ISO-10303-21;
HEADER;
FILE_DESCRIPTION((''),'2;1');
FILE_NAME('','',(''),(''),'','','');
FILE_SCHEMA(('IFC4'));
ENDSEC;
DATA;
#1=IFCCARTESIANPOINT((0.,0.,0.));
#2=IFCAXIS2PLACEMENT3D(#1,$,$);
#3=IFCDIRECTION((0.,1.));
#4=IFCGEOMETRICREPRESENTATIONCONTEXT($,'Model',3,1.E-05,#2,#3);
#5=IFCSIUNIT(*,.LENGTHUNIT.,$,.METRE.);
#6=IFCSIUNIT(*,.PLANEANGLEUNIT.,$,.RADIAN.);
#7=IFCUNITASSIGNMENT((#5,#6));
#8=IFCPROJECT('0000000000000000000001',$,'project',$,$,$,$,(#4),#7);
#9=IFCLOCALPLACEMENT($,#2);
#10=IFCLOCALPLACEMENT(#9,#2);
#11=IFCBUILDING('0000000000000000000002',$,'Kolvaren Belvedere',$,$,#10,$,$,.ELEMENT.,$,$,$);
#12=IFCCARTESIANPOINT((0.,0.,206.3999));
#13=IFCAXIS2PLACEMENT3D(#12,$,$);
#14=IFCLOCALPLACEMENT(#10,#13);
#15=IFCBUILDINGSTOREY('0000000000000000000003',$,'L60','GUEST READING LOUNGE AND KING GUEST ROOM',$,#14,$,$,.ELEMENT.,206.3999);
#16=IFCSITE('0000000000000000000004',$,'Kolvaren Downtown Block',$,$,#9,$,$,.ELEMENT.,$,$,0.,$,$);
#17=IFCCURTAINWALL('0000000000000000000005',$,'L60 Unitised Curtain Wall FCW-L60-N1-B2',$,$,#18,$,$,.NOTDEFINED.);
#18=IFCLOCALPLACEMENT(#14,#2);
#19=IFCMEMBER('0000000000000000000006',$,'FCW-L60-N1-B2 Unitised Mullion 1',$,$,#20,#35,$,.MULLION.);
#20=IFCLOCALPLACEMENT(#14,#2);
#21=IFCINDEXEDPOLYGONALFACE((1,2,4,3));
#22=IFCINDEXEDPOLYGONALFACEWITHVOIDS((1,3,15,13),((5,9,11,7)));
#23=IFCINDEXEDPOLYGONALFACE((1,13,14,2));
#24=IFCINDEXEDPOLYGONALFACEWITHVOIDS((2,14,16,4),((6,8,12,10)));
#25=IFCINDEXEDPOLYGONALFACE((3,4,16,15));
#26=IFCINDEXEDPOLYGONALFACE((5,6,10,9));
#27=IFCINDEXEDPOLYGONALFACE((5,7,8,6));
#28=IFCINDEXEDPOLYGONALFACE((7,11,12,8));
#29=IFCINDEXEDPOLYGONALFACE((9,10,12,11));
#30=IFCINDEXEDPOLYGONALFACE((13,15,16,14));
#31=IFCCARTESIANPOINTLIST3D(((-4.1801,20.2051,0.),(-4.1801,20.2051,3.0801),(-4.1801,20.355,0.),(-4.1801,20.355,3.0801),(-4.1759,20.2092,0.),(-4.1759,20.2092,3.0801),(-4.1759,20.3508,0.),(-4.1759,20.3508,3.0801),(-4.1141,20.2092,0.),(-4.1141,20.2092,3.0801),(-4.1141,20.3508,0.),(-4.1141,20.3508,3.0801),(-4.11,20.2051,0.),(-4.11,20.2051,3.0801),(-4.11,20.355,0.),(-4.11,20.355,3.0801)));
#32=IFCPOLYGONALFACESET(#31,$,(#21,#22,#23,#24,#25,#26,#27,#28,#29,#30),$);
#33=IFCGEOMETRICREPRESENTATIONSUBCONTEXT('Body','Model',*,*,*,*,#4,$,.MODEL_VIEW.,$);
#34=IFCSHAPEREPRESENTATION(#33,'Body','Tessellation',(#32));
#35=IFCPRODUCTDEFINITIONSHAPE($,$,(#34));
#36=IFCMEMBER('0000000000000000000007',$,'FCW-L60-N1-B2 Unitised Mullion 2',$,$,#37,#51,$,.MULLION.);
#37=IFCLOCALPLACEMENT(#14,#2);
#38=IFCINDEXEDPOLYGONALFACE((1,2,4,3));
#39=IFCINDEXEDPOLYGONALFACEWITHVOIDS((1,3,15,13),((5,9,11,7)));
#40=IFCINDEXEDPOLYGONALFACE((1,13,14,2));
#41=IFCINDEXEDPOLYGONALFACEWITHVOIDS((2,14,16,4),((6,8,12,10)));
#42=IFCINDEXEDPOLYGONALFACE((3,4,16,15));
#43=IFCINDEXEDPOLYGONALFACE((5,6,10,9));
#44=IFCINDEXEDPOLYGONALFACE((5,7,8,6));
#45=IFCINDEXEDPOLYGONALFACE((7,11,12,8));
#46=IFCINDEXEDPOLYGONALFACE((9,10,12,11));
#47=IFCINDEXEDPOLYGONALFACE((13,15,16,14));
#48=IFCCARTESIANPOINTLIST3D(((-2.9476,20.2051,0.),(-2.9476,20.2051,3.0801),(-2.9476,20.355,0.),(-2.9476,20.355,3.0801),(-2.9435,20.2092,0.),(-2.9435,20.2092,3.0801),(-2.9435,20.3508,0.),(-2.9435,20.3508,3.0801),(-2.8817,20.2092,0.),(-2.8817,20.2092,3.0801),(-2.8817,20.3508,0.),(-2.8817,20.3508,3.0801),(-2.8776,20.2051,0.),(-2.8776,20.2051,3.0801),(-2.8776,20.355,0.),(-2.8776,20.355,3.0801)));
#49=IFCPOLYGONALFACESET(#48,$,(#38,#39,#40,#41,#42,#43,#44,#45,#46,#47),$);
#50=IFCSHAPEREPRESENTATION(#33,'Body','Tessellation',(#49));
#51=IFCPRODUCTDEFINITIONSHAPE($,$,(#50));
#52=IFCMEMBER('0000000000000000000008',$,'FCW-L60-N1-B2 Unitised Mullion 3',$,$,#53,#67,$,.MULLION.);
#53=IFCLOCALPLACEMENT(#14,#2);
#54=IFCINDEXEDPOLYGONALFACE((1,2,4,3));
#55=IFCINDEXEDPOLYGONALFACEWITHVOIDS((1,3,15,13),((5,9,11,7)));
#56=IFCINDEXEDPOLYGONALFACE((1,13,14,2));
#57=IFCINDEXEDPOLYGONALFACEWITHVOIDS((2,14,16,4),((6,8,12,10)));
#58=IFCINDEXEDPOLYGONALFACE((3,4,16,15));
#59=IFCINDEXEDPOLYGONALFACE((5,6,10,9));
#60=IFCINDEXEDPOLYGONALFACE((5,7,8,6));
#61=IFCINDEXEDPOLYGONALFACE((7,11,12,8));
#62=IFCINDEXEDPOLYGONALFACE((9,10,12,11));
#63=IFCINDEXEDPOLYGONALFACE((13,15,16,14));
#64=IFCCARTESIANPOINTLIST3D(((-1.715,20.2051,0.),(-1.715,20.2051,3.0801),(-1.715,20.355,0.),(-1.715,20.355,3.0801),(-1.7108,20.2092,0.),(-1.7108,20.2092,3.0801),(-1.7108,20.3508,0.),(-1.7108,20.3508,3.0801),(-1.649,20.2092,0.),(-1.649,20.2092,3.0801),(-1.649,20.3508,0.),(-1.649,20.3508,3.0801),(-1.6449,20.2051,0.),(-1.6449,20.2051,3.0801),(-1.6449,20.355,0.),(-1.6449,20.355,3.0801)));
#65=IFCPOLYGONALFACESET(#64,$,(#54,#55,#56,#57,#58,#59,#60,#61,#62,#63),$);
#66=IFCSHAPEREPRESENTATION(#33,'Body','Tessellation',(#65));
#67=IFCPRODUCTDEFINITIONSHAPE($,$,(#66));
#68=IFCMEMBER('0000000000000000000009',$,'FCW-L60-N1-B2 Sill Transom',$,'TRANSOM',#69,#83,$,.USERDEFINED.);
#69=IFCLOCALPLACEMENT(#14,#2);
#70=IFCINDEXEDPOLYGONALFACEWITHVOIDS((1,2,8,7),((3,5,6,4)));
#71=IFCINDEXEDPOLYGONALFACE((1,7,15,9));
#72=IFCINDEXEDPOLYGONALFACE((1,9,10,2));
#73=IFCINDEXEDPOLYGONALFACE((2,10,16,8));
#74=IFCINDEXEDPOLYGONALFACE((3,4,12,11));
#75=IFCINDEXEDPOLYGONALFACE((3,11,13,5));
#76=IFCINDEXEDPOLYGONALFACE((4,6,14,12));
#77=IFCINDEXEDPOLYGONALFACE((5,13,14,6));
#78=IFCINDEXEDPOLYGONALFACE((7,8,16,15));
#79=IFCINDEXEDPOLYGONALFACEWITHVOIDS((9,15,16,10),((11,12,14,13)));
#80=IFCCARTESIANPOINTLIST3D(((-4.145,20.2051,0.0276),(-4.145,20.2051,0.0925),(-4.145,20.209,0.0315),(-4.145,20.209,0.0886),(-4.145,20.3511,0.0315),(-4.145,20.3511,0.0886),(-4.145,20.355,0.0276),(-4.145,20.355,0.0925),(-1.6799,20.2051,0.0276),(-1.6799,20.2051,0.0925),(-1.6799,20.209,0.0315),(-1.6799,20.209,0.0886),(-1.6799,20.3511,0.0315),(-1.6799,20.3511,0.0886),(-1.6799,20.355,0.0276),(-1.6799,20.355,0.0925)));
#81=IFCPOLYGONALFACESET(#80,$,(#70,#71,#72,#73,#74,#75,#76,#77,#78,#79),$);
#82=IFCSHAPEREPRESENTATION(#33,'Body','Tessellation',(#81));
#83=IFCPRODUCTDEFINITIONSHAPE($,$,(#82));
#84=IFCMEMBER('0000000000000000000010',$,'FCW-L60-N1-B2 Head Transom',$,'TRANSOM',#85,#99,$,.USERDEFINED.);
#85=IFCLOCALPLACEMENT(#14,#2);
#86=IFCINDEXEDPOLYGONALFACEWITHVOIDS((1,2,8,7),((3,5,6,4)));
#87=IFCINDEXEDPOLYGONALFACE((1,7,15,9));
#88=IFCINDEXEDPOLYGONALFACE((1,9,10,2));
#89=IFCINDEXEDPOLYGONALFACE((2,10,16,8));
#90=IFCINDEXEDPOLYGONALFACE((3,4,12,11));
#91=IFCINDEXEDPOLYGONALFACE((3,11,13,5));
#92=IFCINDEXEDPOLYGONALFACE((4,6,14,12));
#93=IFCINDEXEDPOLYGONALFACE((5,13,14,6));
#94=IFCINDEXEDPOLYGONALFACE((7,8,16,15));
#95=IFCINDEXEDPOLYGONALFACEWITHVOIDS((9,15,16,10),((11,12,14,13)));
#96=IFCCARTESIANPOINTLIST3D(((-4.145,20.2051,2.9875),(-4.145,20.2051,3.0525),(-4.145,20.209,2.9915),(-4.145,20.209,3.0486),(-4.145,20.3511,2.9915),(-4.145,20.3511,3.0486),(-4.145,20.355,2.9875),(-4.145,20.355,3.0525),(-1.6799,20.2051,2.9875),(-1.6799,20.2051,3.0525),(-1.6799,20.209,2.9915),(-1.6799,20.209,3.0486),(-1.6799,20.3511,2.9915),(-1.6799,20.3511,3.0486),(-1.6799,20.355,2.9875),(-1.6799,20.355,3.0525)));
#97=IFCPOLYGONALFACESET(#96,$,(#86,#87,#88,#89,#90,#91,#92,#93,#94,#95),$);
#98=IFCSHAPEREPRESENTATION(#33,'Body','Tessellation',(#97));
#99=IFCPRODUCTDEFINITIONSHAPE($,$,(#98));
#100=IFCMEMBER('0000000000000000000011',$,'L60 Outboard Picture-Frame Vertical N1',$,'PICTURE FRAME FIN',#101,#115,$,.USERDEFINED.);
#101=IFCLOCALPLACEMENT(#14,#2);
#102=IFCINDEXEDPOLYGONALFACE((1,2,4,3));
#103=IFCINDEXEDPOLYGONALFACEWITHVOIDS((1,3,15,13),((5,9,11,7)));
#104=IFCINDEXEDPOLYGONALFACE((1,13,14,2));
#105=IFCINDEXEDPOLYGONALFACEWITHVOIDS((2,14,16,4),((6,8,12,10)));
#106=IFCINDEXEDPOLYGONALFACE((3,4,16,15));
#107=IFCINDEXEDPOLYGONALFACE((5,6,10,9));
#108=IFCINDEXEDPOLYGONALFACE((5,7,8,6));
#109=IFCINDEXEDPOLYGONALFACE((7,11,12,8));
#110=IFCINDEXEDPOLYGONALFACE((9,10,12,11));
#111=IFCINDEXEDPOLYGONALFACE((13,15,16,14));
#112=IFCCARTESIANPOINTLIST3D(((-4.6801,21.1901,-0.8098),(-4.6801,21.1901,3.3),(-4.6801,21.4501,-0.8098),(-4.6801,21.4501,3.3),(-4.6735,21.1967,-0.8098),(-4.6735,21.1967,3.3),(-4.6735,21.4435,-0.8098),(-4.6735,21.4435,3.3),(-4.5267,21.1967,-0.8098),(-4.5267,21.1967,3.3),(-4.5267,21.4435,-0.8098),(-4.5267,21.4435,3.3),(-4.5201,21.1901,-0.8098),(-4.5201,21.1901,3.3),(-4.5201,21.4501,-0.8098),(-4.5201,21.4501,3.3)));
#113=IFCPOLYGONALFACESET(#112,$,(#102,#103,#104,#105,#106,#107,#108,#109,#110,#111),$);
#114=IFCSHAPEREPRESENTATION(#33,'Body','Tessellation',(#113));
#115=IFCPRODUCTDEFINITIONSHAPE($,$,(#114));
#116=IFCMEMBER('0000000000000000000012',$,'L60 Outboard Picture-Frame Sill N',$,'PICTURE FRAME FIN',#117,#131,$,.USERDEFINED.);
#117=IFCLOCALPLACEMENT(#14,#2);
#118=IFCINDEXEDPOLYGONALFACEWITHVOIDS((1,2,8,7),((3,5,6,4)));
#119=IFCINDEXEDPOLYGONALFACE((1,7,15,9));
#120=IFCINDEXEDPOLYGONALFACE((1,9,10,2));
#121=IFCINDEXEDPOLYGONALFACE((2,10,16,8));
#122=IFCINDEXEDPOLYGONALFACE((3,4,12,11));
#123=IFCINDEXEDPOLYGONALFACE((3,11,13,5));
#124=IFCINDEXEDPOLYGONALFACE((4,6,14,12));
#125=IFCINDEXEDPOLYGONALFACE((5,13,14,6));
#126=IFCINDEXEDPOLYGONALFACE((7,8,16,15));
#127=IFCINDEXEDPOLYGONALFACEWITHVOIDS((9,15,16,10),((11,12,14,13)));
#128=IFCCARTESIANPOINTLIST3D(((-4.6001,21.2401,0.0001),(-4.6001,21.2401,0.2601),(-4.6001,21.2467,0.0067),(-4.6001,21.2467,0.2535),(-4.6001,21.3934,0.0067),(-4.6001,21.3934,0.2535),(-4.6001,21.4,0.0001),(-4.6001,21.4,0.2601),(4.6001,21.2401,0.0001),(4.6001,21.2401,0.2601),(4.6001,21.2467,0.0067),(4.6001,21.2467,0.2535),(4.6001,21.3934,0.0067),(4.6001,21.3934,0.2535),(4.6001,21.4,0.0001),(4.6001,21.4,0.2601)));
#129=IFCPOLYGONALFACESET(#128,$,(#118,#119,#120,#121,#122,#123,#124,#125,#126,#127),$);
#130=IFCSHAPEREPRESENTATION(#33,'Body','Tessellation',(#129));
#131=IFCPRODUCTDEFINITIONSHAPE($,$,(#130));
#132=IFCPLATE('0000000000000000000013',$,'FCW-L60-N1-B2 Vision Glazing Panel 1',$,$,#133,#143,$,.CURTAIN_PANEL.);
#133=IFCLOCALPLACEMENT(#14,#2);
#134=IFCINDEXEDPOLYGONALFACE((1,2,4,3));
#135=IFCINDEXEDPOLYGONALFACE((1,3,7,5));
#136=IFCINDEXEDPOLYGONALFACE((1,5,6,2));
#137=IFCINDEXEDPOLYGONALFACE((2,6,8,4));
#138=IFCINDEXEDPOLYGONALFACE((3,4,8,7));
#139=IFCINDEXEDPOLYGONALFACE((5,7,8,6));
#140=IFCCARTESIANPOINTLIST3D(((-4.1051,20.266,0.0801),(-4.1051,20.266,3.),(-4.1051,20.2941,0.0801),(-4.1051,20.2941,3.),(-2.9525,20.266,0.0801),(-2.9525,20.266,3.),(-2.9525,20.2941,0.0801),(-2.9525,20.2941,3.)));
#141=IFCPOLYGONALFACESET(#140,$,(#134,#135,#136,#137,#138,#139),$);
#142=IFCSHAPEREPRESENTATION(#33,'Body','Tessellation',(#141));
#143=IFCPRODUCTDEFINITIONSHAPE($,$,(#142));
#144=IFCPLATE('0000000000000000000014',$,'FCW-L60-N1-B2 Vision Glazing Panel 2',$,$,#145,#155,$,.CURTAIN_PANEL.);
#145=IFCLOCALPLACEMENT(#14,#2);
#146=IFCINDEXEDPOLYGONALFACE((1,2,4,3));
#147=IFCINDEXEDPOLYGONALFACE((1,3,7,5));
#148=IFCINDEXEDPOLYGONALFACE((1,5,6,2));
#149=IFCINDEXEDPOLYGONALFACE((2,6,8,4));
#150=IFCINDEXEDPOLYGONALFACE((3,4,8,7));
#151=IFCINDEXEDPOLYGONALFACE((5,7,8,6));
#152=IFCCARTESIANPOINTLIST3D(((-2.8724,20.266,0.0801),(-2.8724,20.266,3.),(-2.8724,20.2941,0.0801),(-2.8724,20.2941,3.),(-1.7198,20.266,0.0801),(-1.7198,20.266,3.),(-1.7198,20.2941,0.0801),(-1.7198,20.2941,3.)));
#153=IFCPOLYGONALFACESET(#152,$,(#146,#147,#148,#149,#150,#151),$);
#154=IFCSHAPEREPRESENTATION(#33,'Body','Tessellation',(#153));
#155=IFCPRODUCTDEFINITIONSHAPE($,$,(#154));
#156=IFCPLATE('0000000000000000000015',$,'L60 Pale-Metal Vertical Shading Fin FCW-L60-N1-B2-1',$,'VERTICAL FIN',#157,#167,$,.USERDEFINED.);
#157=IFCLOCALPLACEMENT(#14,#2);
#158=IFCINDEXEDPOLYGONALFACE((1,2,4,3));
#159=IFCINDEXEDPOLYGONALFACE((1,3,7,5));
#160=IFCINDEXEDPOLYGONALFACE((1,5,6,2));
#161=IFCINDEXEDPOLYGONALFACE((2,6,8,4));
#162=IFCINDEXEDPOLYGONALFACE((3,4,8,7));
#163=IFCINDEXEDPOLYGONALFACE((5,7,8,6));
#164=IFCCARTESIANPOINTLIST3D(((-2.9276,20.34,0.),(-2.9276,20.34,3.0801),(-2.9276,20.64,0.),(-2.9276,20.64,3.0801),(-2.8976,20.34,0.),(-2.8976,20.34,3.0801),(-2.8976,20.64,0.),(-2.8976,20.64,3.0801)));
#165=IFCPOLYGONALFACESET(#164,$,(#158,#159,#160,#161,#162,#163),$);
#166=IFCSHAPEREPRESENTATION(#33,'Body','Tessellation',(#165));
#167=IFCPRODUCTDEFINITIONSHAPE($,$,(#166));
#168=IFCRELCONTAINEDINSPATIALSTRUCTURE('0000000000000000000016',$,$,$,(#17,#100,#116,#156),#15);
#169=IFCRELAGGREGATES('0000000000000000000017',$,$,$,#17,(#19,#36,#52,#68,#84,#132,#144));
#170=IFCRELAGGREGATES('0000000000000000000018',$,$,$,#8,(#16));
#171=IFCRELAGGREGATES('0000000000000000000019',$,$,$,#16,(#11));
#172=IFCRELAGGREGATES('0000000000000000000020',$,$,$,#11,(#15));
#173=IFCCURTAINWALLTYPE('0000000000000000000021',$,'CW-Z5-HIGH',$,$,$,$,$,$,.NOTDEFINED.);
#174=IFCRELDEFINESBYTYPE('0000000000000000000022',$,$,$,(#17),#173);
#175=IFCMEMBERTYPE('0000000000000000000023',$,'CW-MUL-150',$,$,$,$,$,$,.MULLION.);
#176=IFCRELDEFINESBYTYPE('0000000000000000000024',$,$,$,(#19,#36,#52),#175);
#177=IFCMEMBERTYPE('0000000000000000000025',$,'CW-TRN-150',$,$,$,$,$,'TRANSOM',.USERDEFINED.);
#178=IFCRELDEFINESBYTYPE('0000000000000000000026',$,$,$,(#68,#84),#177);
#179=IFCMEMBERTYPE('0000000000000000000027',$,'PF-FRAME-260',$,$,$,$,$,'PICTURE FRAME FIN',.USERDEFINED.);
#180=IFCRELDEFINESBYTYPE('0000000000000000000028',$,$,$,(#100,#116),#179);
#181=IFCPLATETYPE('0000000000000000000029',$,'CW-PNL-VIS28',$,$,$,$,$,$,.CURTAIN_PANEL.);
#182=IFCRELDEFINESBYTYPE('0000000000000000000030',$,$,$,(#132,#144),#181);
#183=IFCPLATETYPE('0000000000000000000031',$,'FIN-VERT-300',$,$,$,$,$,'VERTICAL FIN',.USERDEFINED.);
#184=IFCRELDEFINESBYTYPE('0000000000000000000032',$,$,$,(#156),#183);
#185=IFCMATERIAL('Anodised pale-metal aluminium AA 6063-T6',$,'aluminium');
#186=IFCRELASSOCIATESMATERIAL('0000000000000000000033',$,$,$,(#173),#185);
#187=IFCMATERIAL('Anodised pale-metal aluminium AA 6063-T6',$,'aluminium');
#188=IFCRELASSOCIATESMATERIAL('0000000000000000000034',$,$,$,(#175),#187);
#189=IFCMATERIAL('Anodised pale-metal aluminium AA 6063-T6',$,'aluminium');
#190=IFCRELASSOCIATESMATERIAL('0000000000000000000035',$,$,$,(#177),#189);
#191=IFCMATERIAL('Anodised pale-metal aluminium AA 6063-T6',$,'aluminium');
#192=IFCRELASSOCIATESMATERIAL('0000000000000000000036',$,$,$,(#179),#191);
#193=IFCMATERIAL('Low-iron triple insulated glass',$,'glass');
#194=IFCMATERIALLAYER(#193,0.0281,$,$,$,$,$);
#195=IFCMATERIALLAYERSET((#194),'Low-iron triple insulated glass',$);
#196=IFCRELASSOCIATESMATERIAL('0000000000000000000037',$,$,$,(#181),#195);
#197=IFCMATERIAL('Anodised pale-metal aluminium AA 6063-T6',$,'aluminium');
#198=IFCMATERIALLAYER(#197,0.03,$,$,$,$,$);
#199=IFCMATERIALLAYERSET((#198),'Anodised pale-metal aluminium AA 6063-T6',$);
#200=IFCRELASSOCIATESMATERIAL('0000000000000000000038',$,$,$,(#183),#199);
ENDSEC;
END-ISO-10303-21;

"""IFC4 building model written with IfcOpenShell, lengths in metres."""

from ifc_helpers import new_model, si_unit, direction, frame, origin, origin_2d, place, context, subcontext, project, spatial, rectangle, hollow_rectangle, extrude, material, layer, layer_set, material_profile, profile_set, type_object, element, aggregate, save


model = new_model("IFC4")

# Units and contexts
model_context = context("Model", 3, precision=1e-05, world=origin(), true_north=direction((0.0, 1.0)))
body_context = subcontext(model_context, "Body", "Model", "MODEL_VIEW")
ifc_project = project(units=[si_unit("LENGTHUNIT", "METRE"), si_unit("PLANEANGLEUNIT", "RADIAN")], contexts=[model_context])

# Site, building, storey
site_placement = place(None, origin())
site = spatial("IfcSite", under=ifc_project, at=site_placement, Name="Kolvaren Downtown Block", CompositionType="ELEMENT", RefElevation=0.0)
building_placement = place(site_placement, origin())
building = spatial("IfcBuilding", under=site, at=building_placement, Name="Kolvaren Belvedere", CompositionType="ELEMENT")
storey_placement = place(building_placement, frame((0.0, 0.0, 206.3999)))
storey = spatial("IfcBuildingStorey", under=building, at=storey_placement, Name="L60", Description="GUEST READING LOUNGE AND KING GUEST ROOM", CompositionType="ELEMENT", Elevation=206.3999)

# Shared definitions
ifc_material_1 = material(Name="Anodised pale-metal aluminium AA 6063-T6", Category="aluminium")
curtain_wall_type = type_object("IfcCurtainWallType", Name="CW-Z5-HIGH", PredefinedType="NOTDEFINED", material=ifc_material_1)
ifc_material_2 = material(Name="Anodised pale-metal aluminium AA 6063-T6", Category="aluminium")
ifc_material_profile_1 = material_profile(ifc_material_2, hollow_rectangle(XDim=0.0701, YDim=0.1499, WallThickness=0.0042, at=origin_2d()), Name="ALU-MUL-150X70")
ifc_profile_set_1 = profile_set([ifc_material_profile_1], Name="Anodised pale-metal aluminium AA 6063-T6")
member_type_1 = type_object("IfcMemberType", Name="CW-MUL-150", PredefinedType="MULLION", material=ifc_profile_set_1)

# Curtain wall, members
curtain_wall_1_placement = place(storey_placement, origin())
curtain_wall_1 = element("IfcCurtainWall", 1, at=curtain_wall_1_placement, inside=storey, type_object=curtain_wall_type, Name="L60 Unitised Curtain Wall FCW-L60-N1-B2", PredefinedType="NOTDEFINED")
member_1_placement = place(storey_placement, frame((-4.145, 20.28, 0.0), z_axis=(0.0, 0.0, 1.0), x_axis=(1.0, 0.0, 0.0)))
member_1 = element("IfcMember", 2, at=member_1_placement, type_object=member_type_1, Name="FCW-L60-N1-B2 Unitised Mullion 1", PredefinedType="MULLION", context=body_context, shape_type="SweptSolid", body=[
    extrude(hollow_rectangle(XDim=0.0701, YDim=0.1499, WallThickness=0.0042, at=origin_2d()), origin(), (0.0, 0.0, 1.0), 3.0801),
])
member_2_placement = place(storey_placement, frame((-2.9126, 20.28, 0.0), z_axis=(0.0, 0.0, 1.0), x_axis=(1.0, 0.0, 0.0)))
member_2 = element("IfcMember", 3, at=member_2_placement, type_object=member_type_1, Name="FCW-L60-N1-B2 Unitised Mullion 2", PredefinedType="MULLION", context=body_context, shape_type="SweptSolid", body=[
    extrude(hollow_rectangle(XDim=0.0701, YDim=0.1499, WallThickness=0.0042, at=origin_2d()), origin(), (0.0, 0.0, 1.0), 3.0801),
])
member_3_placement = place(storey_placement, frame((-1.6799, 20.28, 0.0), z_axis=(0.0, 0.0, 1.0), x_axis=(1.0, 0.0, 0.0)))
member_3 = element("IfcMember", 4, at=member_3_placement, type_object=member_type_1, Name="FCW-L60-N1-B2 Unitised Mullion 3", PredefinedType="MULLION", context=body_context, shape_type="SweptSolid", body=[
    extrude(hollow_rectangle(XDim=0.0701, YDim=0.1499, WallThickness=0.0042, at=origin_2d()), origin(), (0.0, 0.0, 1.0), 3.0801),
])
ifc_material_3 = material(Name="Anodised pale-metal aluminium AA 6063-T6", Category="aluminium")
ifc_material_profile_2 = material_profile(ifc_material_3, hollow_rectangle(XDim=0.0649, YDim=0.1499, WallThickness=0.0039, at=origin_2d()), Name="ALU-TRN-150X65")
ifc_profile_set_2 = profile_set([ifc_material_profile_2], Name="Anodised pale-metal aluminium AA 6063-T6")
member_type_2 = type_object("IfcMemberType", Name="CW-TRN-150", ElementType="TRANSOM", PredefinedType="USERDEFINED", material=ifc_profile_set_2)
member_4_placement = place(storey_placement, frame((-4.145, 20.28, 0.0601), z_axis=(1.0, 0.0, 0.0), x_axis=(0.0, 0.0, 1.0)))
member_4 = element("IfcMember", 5, at=member_4_placement, type_object=member_type_2, Name="FCW-L60-N1-B2 Sill Transom", ObjectType="TRANSOM", PredefinedType="USERDEFINED", context=body_context, shape_type="SweptSolid", body=[
    extrude(hollow_rectangle(XDim=0.0649, YDim=0.1499, WallThickness=0.0039, at=origin_2d()), origin(), (0.0, 0.0, 1.0), 2.4651),
])
member_5_placement = place(storey_placement, frame((-4.145, 20.28, 3.02), z_axis=(1.0, 0.0, 0.0), x_axis=(0.0, 0.0, 1.0)))
member_5 = element("IfcMember", 6, at=member_5_placement, type_object=member_type_2, Name="FCW-L60-N1-B2 Head Transom", ObjectType="TRANSOM", PredefinedType="USERDEFINED", context=body_context, shape_type="SweptSolid", body=[
    extrude(hollow_rectangle(XDim=0.0649, YDim=0.1499, WallThickness=0.0039, at=origin_2d()), origin(), (0.0, 0.0, 1.0), 2.4651),
])

# Members
ifc_material_4 = material(Name="Anodised pale-metal aluminium AA 6063-T6", Category="aluminium")
ifc_material_profile_3 = material_profile(ifc_material_4, hollow_rectangle(XDim=0.1599, YDim=0.26, WallThickness=0.0066, at=origin_2d()), Name="ALU-PF-260X160")
ifc_profile_set_3 = profile_set([ifc_material_profile_3], Name="Anodised pale-metal aluminium AA 6063-T6")
member_type_3 = type_object("IfcMemberType", Name="PF-FRAME-260", ElementType="PICTURE FRAME FIN", PredefinedType="USERDEFINED", material=ifc_profile_set_3)
member_6_placement = place(storey_placement, frame((-4.6001, 21.3201, -0.8098), z_axis=(0.0, 0.0, 1.0), x_axis=(1.0, 0.0, 0.0)))
element("IfcMember", 7, at=member_6_placement, inside=storey, type_object=member_type_3, Name="L60 Outboard Picture-Frame Vertical N1", ObjectType="PICTURE FRAME FIN", PredefinedType="USERDEFINED", context=body_context, shape_type="SweptSolid", body=[
    extrude(hollow_rectangle(XDim=0.1599, YDim=0.26, WallThickness=0.0066, at=origin_2d()), origin(), (0.0, 0.0, 1.0), 4.1099),
])
member_7_placement = place(storey_placement, frame((-4.6001, 21.3201, 0.1301), z_axis=(1.0, 0.0, 0.0), x_axis=(0.0, 1.0, 0.0)))
element("IfcMember", 8, at=member_7_placement, inside=storey, type_object=member_type_3, Name="L60 Outboard Picture-Frame Sill N", ObjectType="PICTURE FRAME FIN", PredefinedType="USERDEFINED", context=body_context, shape_type="SweptSolid", body=[
    extrude(hollow_rectangle(XDim=0.1599, YDim=0.26, WallThickness=0.0066, at=origin_2d()), origin(), (0.0, 0.0, 1.0), 9.2002),
])

# Plates
ifc_material_5 = material(Name="Low-iron triple insulated glass", Category="glass")
ifc_layer_1 = layer(ifc_material_5, 0.0281)
ifc_layer_set_1 = layer_set([ifc_layer_1], Name="Low-iron triple insulated glass")
plate_type_1 = type_object("IfcPlateType", Name="CW-PNL-VIS28", PredefinedType="CURTAIN_PANEL", material=ifc_layer_set_1)
plate_1_placement = place(storey_placement, frame((-3.5288, 20.28, 0.0801), z_axis=(0.0, 0.0, 1.0), x_axis=(1.0, 0.0, 0.0)))
plate_1 = element("IfcPlate", 9, at=plate_1_placement, type_object=plate_type_1, Name="FCW-L60-N1-B2 Vision Glazing Panel 1", PredefinedType="CURTAIN_PANEL", context=body_context, shape_type="SweptSolid", body=[
    extrude(rectangle(XDim=1.1526, YDim=0.0281, at=origin_2d()), origin(), (0.0, 0.0, 1.0), 2.9199),
])
plate_2_placement = place(storey_placement, frame((-2.2961, 20.28, 0.0801), z_axis=(0.0, 0.0, 1.0), x_axis=(1.0, 0.0, 0.0)))
plate_2 = element("IfcPlate", 10, at=plate_2_placement, type_object=plate_type_1, Name="FCW-L60-N1-B2 Vision Glazing Panel 2", PredefinedType="CURTAIN_PANEL", context=body_context, shape_type="SweptSolid", body=[
    extrude(rectangle(XDim=1.1526, YDim=0.0281, at=origin_2d()), origin(), (0.0, 0.0, 1.0), 2.9199),
])
aggregate(curtain_wall_1, [member_1, member_2, member_3, member_4, member_5, plate_1, plate_2])
ifc_material_6 = material(Name="Anodised pale-metal aluminium AA 6063-T6", Category="aluminium")
ifc_layer_2 = layer(ifc_material_6, 0.03)
ifc_layer_set_2 = layer_set([ifc_layer_2], Name="Anodised pale-metal aluminium AA 6063-T6")
plate_type_2 = type_object("IfcPlateType", Name="FIN-VERT-300", ElementType="VERTICAL FIN", PredefinedType="USERDEFINED", material=ifc_layer_set_2)
plate_3_placement = place(storey_placement, frame((-2.9126, 20.49, 0.0), z_axis=(0.0, 0.0, 1.0), x_axis=(0.0, 1.0, 0.0)))
element("IfcPlate", 11, at=plate_3_placement, inside=storey, type_object=plate_type_2, Name="L60 Pale-Metal Vertical Shading Fin FCW-L60-N1-B2-1", ObjectType="VERTICAL FIN", PredefinedType="USERDEFINED", context=body_context, shape_type="SweptSolid", body=[
    extrude(rectangle(XDim=0.3, YDim=0.03, at=origin_2d()), origin(), (0.0, 0.0, 1.0), 3.0801),
])

save(model, "model.ifc")
